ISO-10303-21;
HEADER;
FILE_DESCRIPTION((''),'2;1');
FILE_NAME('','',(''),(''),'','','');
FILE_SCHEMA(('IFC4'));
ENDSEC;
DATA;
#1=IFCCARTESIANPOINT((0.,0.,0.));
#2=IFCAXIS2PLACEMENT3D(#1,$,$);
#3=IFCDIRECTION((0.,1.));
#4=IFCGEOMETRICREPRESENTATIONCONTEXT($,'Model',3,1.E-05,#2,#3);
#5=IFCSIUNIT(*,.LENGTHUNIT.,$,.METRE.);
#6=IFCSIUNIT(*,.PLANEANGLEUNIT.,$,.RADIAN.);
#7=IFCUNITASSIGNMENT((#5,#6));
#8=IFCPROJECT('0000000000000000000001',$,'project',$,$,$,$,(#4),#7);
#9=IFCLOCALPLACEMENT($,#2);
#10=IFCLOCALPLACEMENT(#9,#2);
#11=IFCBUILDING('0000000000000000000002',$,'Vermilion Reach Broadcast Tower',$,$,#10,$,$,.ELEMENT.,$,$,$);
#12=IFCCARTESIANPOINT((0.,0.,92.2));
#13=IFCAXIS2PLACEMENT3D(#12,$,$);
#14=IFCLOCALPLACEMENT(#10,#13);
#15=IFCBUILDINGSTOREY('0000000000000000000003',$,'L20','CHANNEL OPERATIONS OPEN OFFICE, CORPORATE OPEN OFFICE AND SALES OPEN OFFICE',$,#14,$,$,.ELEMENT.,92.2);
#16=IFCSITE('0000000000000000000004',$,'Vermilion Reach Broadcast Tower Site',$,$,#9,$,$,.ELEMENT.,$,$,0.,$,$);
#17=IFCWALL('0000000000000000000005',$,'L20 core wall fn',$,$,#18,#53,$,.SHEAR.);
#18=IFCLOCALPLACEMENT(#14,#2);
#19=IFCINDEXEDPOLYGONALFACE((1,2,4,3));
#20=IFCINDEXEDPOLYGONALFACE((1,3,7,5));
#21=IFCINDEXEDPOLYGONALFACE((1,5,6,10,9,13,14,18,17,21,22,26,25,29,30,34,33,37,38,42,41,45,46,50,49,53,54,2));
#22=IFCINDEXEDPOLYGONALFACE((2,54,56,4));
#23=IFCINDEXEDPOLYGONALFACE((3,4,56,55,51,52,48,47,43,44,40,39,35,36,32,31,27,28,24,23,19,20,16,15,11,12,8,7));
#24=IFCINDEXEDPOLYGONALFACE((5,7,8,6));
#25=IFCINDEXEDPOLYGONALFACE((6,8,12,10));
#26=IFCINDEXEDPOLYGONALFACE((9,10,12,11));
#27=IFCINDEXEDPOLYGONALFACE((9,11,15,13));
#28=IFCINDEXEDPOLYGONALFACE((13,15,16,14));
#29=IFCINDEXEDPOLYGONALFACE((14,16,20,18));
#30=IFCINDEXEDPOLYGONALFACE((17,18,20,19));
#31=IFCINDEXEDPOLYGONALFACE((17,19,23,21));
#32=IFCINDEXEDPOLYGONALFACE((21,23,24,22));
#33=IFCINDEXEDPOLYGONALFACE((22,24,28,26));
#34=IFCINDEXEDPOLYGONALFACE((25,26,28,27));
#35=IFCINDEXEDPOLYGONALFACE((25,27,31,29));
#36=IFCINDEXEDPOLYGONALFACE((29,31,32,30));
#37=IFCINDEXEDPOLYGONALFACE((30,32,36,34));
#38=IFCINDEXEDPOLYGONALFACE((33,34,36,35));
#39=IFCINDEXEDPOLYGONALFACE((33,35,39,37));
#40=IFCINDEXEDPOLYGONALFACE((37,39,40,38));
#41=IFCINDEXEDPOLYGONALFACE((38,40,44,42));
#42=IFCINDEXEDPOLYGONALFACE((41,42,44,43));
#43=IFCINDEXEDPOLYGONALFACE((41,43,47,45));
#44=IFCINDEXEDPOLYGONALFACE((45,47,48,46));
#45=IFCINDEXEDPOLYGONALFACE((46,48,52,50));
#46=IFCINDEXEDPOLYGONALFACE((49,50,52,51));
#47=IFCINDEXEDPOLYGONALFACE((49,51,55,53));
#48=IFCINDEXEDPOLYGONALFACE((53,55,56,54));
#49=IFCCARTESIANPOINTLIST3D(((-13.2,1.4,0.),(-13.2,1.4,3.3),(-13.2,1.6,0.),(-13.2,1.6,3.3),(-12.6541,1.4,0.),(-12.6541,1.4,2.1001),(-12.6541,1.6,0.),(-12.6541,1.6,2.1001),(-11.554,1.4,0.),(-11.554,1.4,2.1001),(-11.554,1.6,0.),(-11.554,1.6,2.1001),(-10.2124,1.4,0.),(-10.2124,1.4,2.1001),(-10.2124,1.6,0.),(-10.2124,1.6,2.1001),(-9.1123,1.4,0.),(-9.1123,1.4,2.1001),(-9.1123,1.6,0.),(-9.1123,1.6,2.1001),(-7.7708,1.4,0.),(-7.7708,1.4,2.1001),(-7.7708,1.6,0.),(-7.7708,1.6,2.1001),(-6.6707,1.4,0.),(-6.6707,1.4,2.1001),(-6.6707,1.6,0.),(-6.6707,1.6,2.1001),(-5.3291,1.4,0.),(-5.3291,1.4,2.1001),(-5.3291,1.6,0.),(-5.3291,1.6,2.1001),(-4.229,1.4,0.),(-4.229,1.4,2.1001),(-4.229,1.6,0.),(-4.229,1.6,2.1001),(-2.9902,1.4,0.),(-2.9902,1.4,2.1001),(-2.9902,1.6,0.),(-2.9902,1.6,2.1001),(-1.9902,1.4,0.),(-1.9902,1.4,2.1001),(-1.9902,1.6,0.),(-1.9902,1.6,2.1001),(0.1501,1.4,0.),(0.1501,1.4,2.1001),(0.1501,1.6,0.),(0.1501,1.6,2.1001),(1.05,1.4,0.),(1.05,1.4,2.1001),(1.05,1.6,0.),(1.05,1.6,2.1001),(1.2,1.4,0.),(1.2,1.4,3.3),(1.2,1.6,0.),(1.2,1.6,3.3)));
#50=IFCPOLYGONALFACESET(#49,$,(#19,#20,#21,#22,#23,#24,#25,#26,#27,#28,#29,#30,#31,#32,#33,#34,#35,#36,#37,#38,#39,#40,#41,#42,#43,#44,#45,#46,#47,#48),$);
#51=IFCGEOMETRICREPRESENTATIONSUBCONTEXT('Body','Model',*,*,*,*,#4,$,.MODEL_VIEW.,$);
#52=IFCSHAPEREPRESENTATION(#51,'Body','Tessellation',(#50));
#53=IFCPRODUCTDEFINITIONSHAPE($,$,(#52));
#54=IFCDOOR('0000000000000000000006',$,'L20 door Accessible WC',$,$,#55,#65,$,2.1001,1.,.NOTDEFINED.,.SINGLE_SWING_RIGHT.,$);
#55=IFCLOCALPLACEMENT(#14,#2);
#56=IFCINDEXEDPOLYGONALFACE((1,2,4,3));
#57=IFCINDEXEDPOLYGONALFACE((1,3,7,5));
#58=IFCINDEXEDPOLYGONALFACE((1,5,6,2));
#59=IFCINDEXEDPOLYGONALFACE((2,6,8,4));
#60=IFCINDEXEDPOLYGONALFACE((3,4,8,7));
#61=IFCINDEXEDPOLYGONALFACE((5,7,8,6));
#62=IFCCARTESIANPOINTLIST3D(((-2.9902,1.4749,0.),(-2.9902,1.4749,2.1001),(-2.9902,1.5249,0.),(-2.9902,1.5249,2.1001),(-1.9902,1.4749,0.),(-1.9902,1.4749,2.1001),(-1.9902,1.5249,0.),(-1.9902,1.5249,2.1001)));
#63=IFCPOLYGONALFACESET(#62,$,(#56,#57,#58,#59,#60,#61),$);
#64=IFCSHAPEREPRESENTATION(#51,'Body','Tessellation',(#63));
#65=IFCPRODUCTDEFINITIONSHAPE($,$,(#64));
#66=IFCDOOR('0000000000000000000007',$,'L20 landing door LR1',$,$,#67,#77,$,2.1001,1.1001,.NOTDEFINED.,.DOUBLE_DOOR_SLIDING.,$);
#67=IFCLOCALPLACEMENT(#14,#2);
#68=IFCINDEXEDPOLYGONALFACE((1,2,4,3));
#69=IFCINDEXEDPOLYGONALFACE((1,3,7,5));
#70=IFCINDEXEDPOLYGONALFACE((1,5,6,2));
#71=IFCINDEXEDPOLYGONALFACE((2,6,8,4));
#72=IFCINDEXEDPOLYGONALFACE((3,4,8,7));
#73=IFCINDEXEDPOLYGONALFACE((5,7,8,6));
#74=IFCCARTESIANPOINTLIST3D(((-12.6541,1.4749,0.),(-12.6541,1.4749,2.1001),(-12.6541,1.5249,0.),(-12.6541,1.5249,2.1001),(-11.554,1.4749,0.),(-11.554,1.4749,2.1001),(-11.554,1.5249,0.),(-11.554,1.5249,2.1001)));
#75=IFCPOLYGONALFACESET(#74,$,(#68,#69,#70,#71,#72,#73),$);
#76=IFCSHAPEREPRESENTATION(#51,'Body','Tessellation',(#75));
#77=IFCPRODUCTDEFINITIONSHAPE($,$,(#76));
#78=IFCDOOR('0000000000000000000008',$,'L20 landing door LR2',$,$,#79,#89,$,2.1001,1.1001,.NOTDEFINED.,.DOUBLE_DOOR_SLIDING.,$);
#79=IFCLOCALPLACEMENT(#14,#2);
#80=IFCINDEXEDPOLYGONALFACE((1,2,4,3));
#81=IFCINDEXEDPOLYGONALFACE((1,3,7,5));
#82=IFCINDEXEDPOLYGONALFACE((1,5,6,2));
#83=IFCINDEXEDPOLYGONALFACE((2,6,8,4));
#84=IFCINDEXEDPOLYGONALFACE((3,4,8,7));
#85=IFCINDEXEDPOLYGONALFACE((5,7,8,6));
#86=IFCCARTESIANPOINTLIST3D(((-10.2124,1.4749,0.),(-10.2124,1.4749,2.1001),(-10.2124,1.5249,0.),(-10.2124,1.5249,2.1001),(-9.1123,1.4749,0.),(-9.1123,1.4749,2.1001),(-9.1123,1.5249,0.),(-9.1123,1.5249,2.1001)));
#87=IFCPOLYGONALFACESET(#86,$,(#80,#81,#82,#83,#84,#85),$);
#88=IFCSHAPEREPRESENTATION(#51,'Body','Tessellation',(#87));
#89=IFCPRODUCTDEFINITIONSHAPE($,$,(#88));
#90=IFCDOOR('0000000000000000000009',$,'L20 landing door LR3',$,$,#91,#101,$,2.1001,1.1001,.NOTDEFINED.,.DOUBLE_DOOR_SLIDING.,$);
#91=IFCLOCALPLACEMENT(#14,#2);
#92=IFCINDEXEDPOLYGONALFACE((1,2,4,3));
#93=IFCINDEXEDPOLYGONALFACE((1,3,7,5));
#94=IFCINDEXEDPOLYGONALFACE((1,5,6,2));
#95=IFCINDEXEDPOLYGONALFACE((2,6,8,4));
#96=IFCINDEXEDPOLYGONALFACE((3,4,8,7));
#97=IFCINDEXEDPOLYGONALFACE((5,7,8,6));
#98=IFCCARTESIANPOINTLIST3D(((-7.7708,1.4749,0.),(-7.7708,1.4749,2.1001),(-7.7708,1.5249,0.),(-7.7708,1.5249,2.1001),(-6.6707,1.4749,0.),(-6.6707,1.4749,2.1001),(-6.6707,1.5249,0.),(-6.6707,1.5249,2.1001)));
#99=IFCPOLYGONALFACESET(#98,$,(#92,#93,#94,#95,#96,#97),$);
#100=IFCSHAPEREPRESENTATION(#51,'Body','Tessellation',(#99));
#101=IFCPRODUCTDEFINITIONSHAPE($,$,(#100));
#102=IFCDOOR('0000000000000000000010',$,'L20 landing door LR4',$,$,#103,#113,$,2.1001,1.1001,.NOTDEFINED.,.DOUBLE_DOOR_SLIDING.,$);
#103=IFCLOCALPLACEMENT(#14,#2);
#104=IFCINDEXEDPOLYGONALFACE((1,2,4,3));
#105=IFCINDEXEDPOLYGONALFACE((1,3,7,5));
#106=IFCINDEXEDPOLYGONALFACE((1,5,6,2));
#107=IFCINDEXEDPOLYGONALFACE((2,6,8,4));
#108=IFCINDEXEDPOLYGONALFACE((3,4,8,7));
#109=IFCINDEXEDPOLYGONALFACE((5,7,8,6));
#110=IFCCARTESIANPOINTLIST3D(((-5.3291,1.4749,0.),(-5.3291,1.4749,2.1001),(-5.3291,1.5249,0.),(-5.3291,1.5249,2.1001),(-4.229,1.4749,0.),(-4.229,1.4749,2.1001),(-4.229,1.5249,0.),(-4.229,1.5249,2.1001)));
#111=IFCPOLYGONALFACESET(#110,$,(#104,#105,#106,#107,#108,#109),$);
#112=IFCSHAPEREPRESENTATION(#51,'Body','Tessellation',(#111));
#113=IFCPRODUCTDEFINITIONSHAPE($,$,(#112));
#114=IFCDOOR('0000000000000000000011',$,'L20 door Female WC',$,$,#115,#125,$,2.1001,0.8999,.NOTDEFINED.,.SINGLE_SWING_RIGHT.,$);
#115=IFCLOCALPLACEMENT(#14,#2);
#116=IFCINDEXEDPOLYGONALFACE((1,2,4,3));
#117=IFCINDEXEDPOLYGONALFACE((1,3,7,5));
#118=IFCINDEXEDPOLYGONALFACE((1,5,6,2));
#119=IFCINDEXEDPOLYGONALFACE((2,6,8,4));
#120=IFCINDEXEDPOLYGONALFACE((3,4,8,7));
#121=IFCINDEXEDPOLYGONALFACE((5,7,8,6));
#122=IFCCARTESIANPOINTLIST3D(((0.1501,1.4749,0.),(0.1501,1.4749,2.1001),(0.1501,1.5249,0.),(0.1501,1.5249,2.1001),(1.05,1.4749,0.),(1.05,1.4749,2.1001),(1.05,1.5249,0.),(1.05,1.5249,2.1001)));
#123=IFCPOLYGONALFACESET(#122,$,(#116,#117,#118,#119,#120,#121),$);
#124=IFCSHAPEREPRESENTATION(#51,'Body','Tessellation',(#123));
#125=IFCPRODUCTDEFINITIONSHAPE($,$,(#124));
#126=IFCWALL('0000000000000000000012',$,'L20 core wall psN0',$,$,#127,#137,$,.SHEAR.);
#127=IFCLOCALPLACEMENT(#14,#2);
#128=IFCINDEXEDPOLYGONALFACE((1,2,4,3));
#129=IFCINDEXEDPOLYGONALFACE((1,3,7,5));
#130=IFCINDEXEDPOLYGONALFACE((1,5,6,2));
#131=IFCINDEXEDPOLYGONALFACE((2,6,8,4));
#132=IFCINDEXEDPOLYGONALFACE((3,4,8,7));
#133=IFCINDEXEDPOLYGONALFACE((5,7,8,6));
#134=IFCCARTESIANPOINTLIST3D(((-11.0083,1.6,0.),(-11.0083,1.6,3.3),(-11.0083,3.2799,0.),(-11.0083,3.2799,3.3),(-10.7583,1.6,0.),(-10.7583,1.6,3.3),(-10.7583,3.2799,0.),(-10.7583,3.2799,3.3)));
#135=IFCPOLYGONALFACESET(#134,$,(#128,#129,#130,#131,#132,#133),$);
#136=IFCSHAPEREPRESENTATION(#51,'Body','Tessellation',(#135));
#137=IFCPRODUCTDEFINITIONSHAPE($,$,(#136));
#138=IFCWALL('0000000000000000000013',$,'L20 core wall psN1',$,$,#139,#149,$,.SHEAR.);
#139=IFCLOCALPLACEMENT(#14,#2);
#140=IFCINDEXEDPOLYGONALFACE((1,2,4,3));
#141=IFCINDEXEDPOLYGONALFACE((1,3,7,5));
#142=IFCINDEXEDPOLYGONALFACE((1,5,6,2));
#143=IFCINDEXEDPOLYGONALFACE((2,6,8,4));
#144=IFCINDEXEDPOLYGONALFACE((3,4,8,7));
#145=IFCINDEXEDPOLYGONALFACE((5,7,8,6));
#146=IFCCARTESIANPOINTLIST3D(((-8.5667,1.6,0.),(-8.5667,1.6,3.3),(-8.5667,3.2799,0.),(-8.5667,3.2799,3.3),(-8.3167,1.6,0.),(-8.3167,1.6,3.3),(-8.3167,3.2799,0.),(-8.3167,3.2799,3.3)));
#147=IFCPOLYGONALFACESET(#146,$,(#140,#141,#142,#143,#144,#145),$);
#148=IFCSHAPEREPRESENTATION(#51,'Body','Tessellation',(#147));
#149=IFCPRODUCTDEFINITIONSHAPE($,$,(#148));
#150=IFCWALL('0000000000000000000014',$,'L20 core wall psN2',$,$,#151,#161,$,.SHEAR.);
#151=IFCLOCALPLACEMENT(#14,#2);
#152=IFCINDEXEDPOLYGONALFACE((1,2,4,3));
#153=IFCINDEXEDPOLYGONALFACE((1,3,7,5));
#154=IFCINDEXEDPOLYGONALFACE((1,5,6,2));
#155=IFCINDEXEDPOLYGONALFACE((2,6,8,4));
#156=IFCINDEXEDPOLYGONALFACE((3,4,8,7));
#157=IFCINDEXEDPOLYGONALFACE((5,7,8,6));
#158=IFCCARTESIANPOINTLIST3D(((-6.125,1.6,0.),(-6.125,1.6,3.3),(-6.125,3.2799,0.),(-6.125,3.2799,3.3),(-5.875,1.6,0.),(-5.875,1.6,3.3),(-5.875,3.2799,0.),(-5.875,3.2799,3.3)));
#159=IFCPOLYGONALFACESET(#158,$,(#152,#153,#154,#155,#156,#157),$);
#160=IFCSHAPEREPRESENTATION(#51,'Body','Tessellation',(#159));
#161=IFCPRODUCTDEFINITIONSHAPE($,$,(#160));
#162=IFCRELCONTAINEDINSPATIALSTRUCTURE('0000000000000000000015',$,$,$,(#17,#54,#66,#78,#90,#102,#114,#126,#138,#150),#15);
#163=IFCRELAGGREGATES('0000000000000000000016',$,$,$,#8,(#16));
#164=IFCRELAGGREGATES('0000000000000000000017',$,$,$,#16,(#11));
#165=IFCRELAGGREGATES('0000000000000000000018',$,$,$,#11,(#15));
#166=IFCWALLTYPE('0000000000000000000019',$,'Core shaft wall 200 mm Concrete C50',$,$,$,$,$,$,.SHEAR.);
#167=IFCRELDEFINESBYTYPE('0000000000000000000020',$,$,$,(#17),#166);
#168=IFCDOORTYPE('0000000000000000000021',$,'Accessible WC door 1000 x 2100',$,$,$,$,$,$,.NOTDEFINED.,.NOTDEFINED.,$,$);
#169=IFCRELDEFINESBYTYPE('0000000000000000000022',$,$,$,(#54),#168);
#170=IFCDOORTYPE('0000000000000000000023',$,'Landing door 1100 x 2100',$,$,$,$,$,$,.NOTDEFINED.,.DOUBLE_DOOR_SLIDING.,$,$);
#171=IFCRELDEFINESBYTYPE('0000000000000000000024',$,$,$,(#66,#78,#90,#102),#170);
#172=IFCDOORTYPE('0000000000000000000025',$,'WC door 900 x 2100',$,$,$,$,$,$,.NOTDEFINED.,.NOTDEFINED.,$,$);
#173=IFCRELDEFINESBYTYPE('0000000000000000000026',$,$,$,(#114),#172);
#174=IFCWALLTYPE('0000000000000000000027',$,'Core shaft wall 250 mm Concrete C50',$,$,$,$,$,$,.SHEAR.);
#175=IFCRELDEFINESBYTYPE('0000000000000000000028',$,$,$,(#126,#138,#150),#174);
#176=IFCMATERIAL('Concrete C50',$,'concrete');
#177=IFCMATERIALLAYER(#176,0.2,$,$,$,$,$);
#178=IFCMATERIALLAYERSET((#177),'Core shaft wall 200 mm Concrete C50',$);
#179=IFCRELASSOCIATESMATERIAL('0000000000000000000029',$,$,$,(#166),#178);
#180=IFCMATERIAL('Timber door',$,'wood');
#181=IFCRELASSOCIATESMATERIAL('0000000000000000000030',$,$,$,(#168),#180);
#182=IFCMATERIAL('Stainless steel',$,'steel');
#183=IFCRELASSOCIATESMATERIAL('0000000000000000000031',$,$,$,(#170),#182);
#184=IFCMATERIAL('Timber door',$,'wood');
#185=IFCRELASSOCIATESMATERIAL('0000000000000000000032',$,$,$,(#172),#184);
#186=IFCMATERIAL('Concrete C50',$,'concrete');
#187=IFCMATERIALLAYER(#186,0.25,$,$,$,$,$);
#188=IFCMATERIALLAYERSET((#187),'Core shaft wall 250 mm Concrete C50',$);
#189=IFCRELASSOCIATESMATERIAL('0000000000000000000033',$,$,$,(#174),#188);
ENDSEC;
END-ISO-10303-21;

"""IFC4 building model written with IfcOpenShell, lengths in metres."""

from ifc_helpers import new_model, si_unit, direction, frame, frame_2d, origin, place, context, subcontext, project, spatial, rectangle, extrude, material, layer, layer_set, type_object, element, fill, save


model = new_model("IFC4")

# Units and contexts
model_context = context("Model", 3, precision=1e-05, world=origin(), true_north=direction((0.0, 1.0)))
body_context = subcontext(model_context, "Body", "Model", "MODEL_VIEW")
ifc_project = project(units=[si_unit("LENGTHUNIT", "METRE"), si_unit("PLANEANGLEUNIT", "RADIAN")], contexts=[model_context])

# Site, building, storey
site_placement = place(None, origin())
site = spatial("IfcSite", under=ifc_project, at=site_placement, Name="Vermilion Reach Broadcast Tower Site", CompositionType="ELEMENT", RefElevation=0.0)
building_placement = place(site_placement, origin())
building = spatial("IfcBuilding", under=site, at=building_placement, Name="Vermilion Reach Broadcast Tower", CompositionType="ELEMENT")
storey_placement = place(building_placement, frame((0.0, 0.0, 92.2)))
storey = spatial("IfcBuildingStorey", under=building, at=storey_placement, Name="L20", Description="CHANNEL OPERATIONS OPEN OFFICE, CORPORATE OPEN OFFICE AND SALES OPEN OFFICE", CompositionType="ELEMENT", Elevation=92.2)

# Wall, openings, doors
ifc_material_1 = material(Name="Concrete C50", Category="concrete")
ifc_layer_1 = layer(ifc_material_1, 0.2)
ifc_layer_set_1 = layer_set([ifc_layer_1], Name="Core shaft wall 200 mm Concrete C50")
wall_type_1 = type_object("IfcWallType", Name="Core shaft wall 200 mm Concrete C50", PredefinedType="SHEAR", material=ifc_layer_set_1)
wall_1_placement = place(storey_placement, frame((-13.2, 1.5, 0.0), z_axis=(0.0, 0.0, 1.0), x_axis=(1.0, 0.0, 0.0)))
wall_1 = element("IfcWall", 1, at=wall_1_placement, inside=storey, type_object=wall_type_1, Name="L20 core wall fn", PredefinedType="SHEAR", context=body_context, shape_type="SweptSolid", body=[
    extrude(rectangle(XDim=14.3999, YDim=0.2, at=frame_2d((7.2, 0.0))), origin(), (0.0, 0.0, 1.0), 3.3),
])
opening_1_placement = place(wall_1_placement, frame((0.5459, 0.0, 0.0)))
opening_1 = element("IfcOpeningElement", 2, at=opening_1_placement, cuts=wall_1, PredefinedType="OPENING", context=body_context, shape_type="SweptSolid", body=[
    extrude(rectangle(XDim=1.1001, YDim=2.1001, at=frame_2d((0.55, 1.05))), frame((0.0, 0.1099, 0.0), z_axis=(0.0, -1.0, 0.0), x_axis=(1.0, 0.0, 0.0)), (0.0, 0.0, 1.0), 0.22),
])
opening_2_placement = place(wall_1_placement, frame((2.9875, 0.0, 0.0)))
opening_2 = element("IfcOpeningElement", 3, at=opening_2_placement, cuts=wall_1, PredefinedType="OPENING", context=body_context, shape_type="SweptSolid", body=[
    extrude(rectangle(XDim=1.1001, YDim=2.1001, at=frame_2d((0.55, 1.05))), frame((0.0, 0.1099, 0.0), z_axis=(0.0, -1.0, 0.0), x_axis=(1.0, 0.0, 0.0)), (0.0, 0.0, 1.0), 0.22),
])
opening_3_placement = place(wall_1_placement, frame((5.4292, 0.0, 0.0)))
opening_3 = element("IfcOpeningElement", 4, at=opening_3_placement, cuts=wall_1, PredefinedType="OPENING", context=body_context, shape_type="SweptSolid", body=[
    extrude(rectangle(XDim=1.1001, YDim=2.1001, at=frame_2d((0.55, 1.05))), frame((0.0, 0.1099, 0.0), z_axis=(0.0, -1.0, 0.0), x_axis=(1.0, 0.0, 0.0)), (0.0, 0.0, 1.0), 0.22),
])
opening_4_placement = place(wall_1_placement, frame((7.8708, 0.0, 0.0)))
opening_4 = element("IfcOpeningElement", 5, at=opening_4_placement, cuts=wall_1, PredefinedType="OPENING", context=body_context, shape_type="SweptSolid", body=[
    extrude(rectangle(XDim=1.1001, YDim=2.1001, at=frame_2d((0.55, 1.05))), frame((0.0, 0.1099, 0.0), z_axis=(0.0, -1.0, 0.0), x_axis=(1.0, 0.0, 0.0)), (0.0, 0.0, 1.0), 0.22),
])
opening_5_placement = place(wall_1_placement, frame((10.2097, 0.0, 0.0)))
opening_5 = element("IfcOpeningElement", 6, at=opening_5_placement, cuts=wall_1, PredefinedType="OPENING", context=body_context, shape_type="SweptSolid", body=[
    extrude(rectangle(XDim=1.0, YDim=2.1001, at=frame_2d((0.5, 1.05))), frame((0.0, 0.1099, 0.0), z_axis=(0.0, -1.0, 0.0), x_axis=(1.0, 0.0, 0.0)), (0.0, 0.0, 1.0), 0.22),
])
opening_6_placement = place(wall_1_placement, frame((13.3501, 0.0, 0.0)))
opening_6 = element("IfcOpeningElement", 7, at=opening_6_placement, cuts=wall_1, PredefinedType="OPENING", context=body_context, shape_type="SweptSolid", body=[
    extrude(rectangle(XDim=0.8999, YDim=2.1001, at=frame_2d((0.45, 1.05))), frame((0.0, 0.1099, 0.0), z_axis=(0.0, -1.0, 0.0), x_axis=(1.0, 0.0, 0.0)), (0.0, 0.0, 1.0), 0.22),
])
ifc_material_2 = material(Name="Timber door", Category="wood")
door_type_1 = type_object("IfcDoorType", Name="Accessible WC door 1000 x 2100", OperationType="NOTDEFINED", PredefinedType="NOTDEFINED", material=ifc_material_2)
door_1_placement = place(opening_5_placement, origin())
door_1 = element("IfcDoor", 8, at=door_1_placement, inside=storey, type_object=door_type_1, Name="L20 door Accessible WC", OperationType="SINGLE_SWING_RIGHT", OverallHeight=2.1001, OverallWidth=1.0, PredefinedType="NOTDEFINED", context=body_context, shape_type="SweptSolid", body=[
    extrude(rectangle(XDim=1.0, YDim=2.1001, at=frame_2d((0.5, 1.05))), frame((0.0, 0.0249, 0.0), z_axis=(0.0, -1.0, 0.0), x_axis=(1.0, 0.0, 0.0)), (0.0, 0.0, 1.0), 0.05),
])
fill(opening_5, door_1)
ifc_material_3 = material(Name="Stainless steel", Category="steel")
door_type_2 = type_object("IfcDoorType", Name="Landing door 1100 x 2100", OperationType="DOUBLE_DOOR_SLIDING", PredefinedType="NOTDEFINED", material=ifc_material_3)
door_2_placement = place(opening_1_placement, origin())
door_2 = element("IfcDoor", 9, at=door_2_placement, inside=storey, type_object=door_type_2, Name="L20 landing door LR1", OperationType="DOUBLE_DOOR_SLIDING", OverallHeight=2.1001, OverallWidth=1.1001, PredefinedType="NOTDEFINED", context=body_context, shape_type="SweptSolid", body=[
    extrude(rectangle(XDim=1.1001, YDim=2.1001, at=frame_2d((0.55, 1.05))), frame((0.0, 0.0249, 0.0), z_axis=(0.0, -1.0, 0.0), x_axis=(1.0, 0.0, 0.0)), (0.0, 0.0, 1.0), 0.05),
])
fill(opening_1, door_2)
door_3_placement = place(opening_2_placement, origin())
door_3 = element("IfcDoor", 10, at=door_3_placement, inside=storey, type_object=door_type_2, Name="L20 landing door LR2", OperationType="DOUBLE_DOOR_SLIDING", OverallHeight=2.1001, OverallWidth=1.1001, PredefinedType="NOTDEFINED", context=body_context, shape_type="SweptSolid", body=[
    extrude(rectangle(XDim=1.1001, YDim=2.1001, at=frame_2d((0.55, 1.05))), frame((0.0, 0.0249, 0.0), z_axis=(0.0, -1.0, 0.0), x_axis=(1.0, 0.0, 0.0)), (0.0, 0.0, 1.0), 0.05),
])
fill(opening_2, door_3)
door_4_placement = place(opening_3_placement, origin())
door_4 = element("IfcDoor", 11, at=door_4_placement, inside=storey, type_object=door_type_2, Name="L20 landing door LR3", OperationType="DOUBLE_DOOR_SLIDING", OverallHeight=2.1001, OverallWidth=1.1001, PredefinedType="NOTDEFINED", context=body_context, shape_type="SweptSolid", body=[
    extrude(rectangle(XDim=1.1001, YDim=2.1001, at=frame_2d((0.55, 1.05))), frame((0.0, 0.0249, 0.0), z_axis=(0.0, -1.0, 0.0), x_axis=(1.0, 0.0, 0.0)), (0.0, 0.0, 1.0), 0.05),
])
fill(opening_3, door_4)
door_5_placement = place(opening_4_placement, origin())
door_5 = element("IfcDoor", 12, at=door_5_placement, inside=storey, type_object=door_type_2, Name="L20 landing door LR4", OperationType="DOUBLE_DOOR_SLIDING", OverallHeight=2.1001, OverallWidth=1.1001, PredefinedType="NOTDEFINED", context=body_context, shape_type="SweptSolid", body=[
    extrude(rectangle(XDim=1.1001, YDim=2.1001, at=frame_2d((0.55, 1.05))), frame((0.0, 0.0249, 0.0), z_axis=(0.0, -1.0, 0.0), x_axis=(1.0, 0.0, 0.0)), (0.0, 0.0, 1.0), 0.05),
])
fill(opening_4, door_5)
ifc_material_4 = material(Name="Timber door", Category="wood")
door_type_3 = type_object("IfcDoorType", Name="WC door 900 x 2100", OperationType="NOTDEFINED", PredefinedType="NOTDEFINED", material=ifc_material_4)
door_6_placement = place(opening_6_placement, origin())
door_6 = element("IfcDoor", 13, at=door_6_placement, inside=storey, type_object=door_type_3, Name="L20 door Female WC", OperationType="SINGLE_SWING_RIGHT", OverallHeight=2.1001, OverallWidth=0.8999, PredefinedType="NOTDEFINED", context=body_context, shape_type="SweptSolid", body=[
    extrude(rectangle(XDim=0.8999, YDim=2.1001, at=frame_2d((0.45, 1.05))), frame((0.0, 0.0249, 0.0), z_axis=(0.0, -1.0, 0.0), x_axis=(1.0, 0.0, 0.0)), (0.0, 0.0, 1.0), 0.05),
])
fill(opening_6, door_6)

# Walls
ifc_material_5 = material(Name="Concrete C50", Category="concrete")
ifc_layer_2 = layer(ifc_material_5, 0.25)
ifc_layer_set_2 = layer_set([ifc_layer_2], Name="Core shaft wall 250 mm Concrete C50")
wall_type_2 = type_object("IfcWallType", Name="Core shaft wall 250 mm Concrete C50", PredefinedType="SHEAR", material=ifc_layer_set_2)
for number, where, z_axis, x_axis, name in (
    (14, (-10.8833, 1.6001, 0.0), (0.0, 0.0, 1.0), (0.0, 1.0, 0.0), "L20 core wall psN0"),
    (15, (-8.4417, 1.6001, 0.0), (0.0, 0.0, 1.0), (0.0, 1.0, 0.0), "L20 core wall psN1"),
    (16, (-6.0, 1.6001, 0.0), (0.0, 0.0, 1.0), (0.0, 1.0, 0.0), "L20 core wall psN2"),
):
    element("IfcWall", number, at=place(storey_placement, frame(where, z_axis=z_axis, x_axis=x_axis)), inside=storey, type_object=wall_type_2, Name=name, PredefinedType="SHEAR", context=body_context, shape_type="SweptSolid", body=[
        extrude(rectangle(XDim=1.6799, YDim=0.25, at=frame_2d((0.8398, 0.0))), origin(), (0.0, 0.0, 1.0), 3.3),
    ])

save(model, "model.ifc")
